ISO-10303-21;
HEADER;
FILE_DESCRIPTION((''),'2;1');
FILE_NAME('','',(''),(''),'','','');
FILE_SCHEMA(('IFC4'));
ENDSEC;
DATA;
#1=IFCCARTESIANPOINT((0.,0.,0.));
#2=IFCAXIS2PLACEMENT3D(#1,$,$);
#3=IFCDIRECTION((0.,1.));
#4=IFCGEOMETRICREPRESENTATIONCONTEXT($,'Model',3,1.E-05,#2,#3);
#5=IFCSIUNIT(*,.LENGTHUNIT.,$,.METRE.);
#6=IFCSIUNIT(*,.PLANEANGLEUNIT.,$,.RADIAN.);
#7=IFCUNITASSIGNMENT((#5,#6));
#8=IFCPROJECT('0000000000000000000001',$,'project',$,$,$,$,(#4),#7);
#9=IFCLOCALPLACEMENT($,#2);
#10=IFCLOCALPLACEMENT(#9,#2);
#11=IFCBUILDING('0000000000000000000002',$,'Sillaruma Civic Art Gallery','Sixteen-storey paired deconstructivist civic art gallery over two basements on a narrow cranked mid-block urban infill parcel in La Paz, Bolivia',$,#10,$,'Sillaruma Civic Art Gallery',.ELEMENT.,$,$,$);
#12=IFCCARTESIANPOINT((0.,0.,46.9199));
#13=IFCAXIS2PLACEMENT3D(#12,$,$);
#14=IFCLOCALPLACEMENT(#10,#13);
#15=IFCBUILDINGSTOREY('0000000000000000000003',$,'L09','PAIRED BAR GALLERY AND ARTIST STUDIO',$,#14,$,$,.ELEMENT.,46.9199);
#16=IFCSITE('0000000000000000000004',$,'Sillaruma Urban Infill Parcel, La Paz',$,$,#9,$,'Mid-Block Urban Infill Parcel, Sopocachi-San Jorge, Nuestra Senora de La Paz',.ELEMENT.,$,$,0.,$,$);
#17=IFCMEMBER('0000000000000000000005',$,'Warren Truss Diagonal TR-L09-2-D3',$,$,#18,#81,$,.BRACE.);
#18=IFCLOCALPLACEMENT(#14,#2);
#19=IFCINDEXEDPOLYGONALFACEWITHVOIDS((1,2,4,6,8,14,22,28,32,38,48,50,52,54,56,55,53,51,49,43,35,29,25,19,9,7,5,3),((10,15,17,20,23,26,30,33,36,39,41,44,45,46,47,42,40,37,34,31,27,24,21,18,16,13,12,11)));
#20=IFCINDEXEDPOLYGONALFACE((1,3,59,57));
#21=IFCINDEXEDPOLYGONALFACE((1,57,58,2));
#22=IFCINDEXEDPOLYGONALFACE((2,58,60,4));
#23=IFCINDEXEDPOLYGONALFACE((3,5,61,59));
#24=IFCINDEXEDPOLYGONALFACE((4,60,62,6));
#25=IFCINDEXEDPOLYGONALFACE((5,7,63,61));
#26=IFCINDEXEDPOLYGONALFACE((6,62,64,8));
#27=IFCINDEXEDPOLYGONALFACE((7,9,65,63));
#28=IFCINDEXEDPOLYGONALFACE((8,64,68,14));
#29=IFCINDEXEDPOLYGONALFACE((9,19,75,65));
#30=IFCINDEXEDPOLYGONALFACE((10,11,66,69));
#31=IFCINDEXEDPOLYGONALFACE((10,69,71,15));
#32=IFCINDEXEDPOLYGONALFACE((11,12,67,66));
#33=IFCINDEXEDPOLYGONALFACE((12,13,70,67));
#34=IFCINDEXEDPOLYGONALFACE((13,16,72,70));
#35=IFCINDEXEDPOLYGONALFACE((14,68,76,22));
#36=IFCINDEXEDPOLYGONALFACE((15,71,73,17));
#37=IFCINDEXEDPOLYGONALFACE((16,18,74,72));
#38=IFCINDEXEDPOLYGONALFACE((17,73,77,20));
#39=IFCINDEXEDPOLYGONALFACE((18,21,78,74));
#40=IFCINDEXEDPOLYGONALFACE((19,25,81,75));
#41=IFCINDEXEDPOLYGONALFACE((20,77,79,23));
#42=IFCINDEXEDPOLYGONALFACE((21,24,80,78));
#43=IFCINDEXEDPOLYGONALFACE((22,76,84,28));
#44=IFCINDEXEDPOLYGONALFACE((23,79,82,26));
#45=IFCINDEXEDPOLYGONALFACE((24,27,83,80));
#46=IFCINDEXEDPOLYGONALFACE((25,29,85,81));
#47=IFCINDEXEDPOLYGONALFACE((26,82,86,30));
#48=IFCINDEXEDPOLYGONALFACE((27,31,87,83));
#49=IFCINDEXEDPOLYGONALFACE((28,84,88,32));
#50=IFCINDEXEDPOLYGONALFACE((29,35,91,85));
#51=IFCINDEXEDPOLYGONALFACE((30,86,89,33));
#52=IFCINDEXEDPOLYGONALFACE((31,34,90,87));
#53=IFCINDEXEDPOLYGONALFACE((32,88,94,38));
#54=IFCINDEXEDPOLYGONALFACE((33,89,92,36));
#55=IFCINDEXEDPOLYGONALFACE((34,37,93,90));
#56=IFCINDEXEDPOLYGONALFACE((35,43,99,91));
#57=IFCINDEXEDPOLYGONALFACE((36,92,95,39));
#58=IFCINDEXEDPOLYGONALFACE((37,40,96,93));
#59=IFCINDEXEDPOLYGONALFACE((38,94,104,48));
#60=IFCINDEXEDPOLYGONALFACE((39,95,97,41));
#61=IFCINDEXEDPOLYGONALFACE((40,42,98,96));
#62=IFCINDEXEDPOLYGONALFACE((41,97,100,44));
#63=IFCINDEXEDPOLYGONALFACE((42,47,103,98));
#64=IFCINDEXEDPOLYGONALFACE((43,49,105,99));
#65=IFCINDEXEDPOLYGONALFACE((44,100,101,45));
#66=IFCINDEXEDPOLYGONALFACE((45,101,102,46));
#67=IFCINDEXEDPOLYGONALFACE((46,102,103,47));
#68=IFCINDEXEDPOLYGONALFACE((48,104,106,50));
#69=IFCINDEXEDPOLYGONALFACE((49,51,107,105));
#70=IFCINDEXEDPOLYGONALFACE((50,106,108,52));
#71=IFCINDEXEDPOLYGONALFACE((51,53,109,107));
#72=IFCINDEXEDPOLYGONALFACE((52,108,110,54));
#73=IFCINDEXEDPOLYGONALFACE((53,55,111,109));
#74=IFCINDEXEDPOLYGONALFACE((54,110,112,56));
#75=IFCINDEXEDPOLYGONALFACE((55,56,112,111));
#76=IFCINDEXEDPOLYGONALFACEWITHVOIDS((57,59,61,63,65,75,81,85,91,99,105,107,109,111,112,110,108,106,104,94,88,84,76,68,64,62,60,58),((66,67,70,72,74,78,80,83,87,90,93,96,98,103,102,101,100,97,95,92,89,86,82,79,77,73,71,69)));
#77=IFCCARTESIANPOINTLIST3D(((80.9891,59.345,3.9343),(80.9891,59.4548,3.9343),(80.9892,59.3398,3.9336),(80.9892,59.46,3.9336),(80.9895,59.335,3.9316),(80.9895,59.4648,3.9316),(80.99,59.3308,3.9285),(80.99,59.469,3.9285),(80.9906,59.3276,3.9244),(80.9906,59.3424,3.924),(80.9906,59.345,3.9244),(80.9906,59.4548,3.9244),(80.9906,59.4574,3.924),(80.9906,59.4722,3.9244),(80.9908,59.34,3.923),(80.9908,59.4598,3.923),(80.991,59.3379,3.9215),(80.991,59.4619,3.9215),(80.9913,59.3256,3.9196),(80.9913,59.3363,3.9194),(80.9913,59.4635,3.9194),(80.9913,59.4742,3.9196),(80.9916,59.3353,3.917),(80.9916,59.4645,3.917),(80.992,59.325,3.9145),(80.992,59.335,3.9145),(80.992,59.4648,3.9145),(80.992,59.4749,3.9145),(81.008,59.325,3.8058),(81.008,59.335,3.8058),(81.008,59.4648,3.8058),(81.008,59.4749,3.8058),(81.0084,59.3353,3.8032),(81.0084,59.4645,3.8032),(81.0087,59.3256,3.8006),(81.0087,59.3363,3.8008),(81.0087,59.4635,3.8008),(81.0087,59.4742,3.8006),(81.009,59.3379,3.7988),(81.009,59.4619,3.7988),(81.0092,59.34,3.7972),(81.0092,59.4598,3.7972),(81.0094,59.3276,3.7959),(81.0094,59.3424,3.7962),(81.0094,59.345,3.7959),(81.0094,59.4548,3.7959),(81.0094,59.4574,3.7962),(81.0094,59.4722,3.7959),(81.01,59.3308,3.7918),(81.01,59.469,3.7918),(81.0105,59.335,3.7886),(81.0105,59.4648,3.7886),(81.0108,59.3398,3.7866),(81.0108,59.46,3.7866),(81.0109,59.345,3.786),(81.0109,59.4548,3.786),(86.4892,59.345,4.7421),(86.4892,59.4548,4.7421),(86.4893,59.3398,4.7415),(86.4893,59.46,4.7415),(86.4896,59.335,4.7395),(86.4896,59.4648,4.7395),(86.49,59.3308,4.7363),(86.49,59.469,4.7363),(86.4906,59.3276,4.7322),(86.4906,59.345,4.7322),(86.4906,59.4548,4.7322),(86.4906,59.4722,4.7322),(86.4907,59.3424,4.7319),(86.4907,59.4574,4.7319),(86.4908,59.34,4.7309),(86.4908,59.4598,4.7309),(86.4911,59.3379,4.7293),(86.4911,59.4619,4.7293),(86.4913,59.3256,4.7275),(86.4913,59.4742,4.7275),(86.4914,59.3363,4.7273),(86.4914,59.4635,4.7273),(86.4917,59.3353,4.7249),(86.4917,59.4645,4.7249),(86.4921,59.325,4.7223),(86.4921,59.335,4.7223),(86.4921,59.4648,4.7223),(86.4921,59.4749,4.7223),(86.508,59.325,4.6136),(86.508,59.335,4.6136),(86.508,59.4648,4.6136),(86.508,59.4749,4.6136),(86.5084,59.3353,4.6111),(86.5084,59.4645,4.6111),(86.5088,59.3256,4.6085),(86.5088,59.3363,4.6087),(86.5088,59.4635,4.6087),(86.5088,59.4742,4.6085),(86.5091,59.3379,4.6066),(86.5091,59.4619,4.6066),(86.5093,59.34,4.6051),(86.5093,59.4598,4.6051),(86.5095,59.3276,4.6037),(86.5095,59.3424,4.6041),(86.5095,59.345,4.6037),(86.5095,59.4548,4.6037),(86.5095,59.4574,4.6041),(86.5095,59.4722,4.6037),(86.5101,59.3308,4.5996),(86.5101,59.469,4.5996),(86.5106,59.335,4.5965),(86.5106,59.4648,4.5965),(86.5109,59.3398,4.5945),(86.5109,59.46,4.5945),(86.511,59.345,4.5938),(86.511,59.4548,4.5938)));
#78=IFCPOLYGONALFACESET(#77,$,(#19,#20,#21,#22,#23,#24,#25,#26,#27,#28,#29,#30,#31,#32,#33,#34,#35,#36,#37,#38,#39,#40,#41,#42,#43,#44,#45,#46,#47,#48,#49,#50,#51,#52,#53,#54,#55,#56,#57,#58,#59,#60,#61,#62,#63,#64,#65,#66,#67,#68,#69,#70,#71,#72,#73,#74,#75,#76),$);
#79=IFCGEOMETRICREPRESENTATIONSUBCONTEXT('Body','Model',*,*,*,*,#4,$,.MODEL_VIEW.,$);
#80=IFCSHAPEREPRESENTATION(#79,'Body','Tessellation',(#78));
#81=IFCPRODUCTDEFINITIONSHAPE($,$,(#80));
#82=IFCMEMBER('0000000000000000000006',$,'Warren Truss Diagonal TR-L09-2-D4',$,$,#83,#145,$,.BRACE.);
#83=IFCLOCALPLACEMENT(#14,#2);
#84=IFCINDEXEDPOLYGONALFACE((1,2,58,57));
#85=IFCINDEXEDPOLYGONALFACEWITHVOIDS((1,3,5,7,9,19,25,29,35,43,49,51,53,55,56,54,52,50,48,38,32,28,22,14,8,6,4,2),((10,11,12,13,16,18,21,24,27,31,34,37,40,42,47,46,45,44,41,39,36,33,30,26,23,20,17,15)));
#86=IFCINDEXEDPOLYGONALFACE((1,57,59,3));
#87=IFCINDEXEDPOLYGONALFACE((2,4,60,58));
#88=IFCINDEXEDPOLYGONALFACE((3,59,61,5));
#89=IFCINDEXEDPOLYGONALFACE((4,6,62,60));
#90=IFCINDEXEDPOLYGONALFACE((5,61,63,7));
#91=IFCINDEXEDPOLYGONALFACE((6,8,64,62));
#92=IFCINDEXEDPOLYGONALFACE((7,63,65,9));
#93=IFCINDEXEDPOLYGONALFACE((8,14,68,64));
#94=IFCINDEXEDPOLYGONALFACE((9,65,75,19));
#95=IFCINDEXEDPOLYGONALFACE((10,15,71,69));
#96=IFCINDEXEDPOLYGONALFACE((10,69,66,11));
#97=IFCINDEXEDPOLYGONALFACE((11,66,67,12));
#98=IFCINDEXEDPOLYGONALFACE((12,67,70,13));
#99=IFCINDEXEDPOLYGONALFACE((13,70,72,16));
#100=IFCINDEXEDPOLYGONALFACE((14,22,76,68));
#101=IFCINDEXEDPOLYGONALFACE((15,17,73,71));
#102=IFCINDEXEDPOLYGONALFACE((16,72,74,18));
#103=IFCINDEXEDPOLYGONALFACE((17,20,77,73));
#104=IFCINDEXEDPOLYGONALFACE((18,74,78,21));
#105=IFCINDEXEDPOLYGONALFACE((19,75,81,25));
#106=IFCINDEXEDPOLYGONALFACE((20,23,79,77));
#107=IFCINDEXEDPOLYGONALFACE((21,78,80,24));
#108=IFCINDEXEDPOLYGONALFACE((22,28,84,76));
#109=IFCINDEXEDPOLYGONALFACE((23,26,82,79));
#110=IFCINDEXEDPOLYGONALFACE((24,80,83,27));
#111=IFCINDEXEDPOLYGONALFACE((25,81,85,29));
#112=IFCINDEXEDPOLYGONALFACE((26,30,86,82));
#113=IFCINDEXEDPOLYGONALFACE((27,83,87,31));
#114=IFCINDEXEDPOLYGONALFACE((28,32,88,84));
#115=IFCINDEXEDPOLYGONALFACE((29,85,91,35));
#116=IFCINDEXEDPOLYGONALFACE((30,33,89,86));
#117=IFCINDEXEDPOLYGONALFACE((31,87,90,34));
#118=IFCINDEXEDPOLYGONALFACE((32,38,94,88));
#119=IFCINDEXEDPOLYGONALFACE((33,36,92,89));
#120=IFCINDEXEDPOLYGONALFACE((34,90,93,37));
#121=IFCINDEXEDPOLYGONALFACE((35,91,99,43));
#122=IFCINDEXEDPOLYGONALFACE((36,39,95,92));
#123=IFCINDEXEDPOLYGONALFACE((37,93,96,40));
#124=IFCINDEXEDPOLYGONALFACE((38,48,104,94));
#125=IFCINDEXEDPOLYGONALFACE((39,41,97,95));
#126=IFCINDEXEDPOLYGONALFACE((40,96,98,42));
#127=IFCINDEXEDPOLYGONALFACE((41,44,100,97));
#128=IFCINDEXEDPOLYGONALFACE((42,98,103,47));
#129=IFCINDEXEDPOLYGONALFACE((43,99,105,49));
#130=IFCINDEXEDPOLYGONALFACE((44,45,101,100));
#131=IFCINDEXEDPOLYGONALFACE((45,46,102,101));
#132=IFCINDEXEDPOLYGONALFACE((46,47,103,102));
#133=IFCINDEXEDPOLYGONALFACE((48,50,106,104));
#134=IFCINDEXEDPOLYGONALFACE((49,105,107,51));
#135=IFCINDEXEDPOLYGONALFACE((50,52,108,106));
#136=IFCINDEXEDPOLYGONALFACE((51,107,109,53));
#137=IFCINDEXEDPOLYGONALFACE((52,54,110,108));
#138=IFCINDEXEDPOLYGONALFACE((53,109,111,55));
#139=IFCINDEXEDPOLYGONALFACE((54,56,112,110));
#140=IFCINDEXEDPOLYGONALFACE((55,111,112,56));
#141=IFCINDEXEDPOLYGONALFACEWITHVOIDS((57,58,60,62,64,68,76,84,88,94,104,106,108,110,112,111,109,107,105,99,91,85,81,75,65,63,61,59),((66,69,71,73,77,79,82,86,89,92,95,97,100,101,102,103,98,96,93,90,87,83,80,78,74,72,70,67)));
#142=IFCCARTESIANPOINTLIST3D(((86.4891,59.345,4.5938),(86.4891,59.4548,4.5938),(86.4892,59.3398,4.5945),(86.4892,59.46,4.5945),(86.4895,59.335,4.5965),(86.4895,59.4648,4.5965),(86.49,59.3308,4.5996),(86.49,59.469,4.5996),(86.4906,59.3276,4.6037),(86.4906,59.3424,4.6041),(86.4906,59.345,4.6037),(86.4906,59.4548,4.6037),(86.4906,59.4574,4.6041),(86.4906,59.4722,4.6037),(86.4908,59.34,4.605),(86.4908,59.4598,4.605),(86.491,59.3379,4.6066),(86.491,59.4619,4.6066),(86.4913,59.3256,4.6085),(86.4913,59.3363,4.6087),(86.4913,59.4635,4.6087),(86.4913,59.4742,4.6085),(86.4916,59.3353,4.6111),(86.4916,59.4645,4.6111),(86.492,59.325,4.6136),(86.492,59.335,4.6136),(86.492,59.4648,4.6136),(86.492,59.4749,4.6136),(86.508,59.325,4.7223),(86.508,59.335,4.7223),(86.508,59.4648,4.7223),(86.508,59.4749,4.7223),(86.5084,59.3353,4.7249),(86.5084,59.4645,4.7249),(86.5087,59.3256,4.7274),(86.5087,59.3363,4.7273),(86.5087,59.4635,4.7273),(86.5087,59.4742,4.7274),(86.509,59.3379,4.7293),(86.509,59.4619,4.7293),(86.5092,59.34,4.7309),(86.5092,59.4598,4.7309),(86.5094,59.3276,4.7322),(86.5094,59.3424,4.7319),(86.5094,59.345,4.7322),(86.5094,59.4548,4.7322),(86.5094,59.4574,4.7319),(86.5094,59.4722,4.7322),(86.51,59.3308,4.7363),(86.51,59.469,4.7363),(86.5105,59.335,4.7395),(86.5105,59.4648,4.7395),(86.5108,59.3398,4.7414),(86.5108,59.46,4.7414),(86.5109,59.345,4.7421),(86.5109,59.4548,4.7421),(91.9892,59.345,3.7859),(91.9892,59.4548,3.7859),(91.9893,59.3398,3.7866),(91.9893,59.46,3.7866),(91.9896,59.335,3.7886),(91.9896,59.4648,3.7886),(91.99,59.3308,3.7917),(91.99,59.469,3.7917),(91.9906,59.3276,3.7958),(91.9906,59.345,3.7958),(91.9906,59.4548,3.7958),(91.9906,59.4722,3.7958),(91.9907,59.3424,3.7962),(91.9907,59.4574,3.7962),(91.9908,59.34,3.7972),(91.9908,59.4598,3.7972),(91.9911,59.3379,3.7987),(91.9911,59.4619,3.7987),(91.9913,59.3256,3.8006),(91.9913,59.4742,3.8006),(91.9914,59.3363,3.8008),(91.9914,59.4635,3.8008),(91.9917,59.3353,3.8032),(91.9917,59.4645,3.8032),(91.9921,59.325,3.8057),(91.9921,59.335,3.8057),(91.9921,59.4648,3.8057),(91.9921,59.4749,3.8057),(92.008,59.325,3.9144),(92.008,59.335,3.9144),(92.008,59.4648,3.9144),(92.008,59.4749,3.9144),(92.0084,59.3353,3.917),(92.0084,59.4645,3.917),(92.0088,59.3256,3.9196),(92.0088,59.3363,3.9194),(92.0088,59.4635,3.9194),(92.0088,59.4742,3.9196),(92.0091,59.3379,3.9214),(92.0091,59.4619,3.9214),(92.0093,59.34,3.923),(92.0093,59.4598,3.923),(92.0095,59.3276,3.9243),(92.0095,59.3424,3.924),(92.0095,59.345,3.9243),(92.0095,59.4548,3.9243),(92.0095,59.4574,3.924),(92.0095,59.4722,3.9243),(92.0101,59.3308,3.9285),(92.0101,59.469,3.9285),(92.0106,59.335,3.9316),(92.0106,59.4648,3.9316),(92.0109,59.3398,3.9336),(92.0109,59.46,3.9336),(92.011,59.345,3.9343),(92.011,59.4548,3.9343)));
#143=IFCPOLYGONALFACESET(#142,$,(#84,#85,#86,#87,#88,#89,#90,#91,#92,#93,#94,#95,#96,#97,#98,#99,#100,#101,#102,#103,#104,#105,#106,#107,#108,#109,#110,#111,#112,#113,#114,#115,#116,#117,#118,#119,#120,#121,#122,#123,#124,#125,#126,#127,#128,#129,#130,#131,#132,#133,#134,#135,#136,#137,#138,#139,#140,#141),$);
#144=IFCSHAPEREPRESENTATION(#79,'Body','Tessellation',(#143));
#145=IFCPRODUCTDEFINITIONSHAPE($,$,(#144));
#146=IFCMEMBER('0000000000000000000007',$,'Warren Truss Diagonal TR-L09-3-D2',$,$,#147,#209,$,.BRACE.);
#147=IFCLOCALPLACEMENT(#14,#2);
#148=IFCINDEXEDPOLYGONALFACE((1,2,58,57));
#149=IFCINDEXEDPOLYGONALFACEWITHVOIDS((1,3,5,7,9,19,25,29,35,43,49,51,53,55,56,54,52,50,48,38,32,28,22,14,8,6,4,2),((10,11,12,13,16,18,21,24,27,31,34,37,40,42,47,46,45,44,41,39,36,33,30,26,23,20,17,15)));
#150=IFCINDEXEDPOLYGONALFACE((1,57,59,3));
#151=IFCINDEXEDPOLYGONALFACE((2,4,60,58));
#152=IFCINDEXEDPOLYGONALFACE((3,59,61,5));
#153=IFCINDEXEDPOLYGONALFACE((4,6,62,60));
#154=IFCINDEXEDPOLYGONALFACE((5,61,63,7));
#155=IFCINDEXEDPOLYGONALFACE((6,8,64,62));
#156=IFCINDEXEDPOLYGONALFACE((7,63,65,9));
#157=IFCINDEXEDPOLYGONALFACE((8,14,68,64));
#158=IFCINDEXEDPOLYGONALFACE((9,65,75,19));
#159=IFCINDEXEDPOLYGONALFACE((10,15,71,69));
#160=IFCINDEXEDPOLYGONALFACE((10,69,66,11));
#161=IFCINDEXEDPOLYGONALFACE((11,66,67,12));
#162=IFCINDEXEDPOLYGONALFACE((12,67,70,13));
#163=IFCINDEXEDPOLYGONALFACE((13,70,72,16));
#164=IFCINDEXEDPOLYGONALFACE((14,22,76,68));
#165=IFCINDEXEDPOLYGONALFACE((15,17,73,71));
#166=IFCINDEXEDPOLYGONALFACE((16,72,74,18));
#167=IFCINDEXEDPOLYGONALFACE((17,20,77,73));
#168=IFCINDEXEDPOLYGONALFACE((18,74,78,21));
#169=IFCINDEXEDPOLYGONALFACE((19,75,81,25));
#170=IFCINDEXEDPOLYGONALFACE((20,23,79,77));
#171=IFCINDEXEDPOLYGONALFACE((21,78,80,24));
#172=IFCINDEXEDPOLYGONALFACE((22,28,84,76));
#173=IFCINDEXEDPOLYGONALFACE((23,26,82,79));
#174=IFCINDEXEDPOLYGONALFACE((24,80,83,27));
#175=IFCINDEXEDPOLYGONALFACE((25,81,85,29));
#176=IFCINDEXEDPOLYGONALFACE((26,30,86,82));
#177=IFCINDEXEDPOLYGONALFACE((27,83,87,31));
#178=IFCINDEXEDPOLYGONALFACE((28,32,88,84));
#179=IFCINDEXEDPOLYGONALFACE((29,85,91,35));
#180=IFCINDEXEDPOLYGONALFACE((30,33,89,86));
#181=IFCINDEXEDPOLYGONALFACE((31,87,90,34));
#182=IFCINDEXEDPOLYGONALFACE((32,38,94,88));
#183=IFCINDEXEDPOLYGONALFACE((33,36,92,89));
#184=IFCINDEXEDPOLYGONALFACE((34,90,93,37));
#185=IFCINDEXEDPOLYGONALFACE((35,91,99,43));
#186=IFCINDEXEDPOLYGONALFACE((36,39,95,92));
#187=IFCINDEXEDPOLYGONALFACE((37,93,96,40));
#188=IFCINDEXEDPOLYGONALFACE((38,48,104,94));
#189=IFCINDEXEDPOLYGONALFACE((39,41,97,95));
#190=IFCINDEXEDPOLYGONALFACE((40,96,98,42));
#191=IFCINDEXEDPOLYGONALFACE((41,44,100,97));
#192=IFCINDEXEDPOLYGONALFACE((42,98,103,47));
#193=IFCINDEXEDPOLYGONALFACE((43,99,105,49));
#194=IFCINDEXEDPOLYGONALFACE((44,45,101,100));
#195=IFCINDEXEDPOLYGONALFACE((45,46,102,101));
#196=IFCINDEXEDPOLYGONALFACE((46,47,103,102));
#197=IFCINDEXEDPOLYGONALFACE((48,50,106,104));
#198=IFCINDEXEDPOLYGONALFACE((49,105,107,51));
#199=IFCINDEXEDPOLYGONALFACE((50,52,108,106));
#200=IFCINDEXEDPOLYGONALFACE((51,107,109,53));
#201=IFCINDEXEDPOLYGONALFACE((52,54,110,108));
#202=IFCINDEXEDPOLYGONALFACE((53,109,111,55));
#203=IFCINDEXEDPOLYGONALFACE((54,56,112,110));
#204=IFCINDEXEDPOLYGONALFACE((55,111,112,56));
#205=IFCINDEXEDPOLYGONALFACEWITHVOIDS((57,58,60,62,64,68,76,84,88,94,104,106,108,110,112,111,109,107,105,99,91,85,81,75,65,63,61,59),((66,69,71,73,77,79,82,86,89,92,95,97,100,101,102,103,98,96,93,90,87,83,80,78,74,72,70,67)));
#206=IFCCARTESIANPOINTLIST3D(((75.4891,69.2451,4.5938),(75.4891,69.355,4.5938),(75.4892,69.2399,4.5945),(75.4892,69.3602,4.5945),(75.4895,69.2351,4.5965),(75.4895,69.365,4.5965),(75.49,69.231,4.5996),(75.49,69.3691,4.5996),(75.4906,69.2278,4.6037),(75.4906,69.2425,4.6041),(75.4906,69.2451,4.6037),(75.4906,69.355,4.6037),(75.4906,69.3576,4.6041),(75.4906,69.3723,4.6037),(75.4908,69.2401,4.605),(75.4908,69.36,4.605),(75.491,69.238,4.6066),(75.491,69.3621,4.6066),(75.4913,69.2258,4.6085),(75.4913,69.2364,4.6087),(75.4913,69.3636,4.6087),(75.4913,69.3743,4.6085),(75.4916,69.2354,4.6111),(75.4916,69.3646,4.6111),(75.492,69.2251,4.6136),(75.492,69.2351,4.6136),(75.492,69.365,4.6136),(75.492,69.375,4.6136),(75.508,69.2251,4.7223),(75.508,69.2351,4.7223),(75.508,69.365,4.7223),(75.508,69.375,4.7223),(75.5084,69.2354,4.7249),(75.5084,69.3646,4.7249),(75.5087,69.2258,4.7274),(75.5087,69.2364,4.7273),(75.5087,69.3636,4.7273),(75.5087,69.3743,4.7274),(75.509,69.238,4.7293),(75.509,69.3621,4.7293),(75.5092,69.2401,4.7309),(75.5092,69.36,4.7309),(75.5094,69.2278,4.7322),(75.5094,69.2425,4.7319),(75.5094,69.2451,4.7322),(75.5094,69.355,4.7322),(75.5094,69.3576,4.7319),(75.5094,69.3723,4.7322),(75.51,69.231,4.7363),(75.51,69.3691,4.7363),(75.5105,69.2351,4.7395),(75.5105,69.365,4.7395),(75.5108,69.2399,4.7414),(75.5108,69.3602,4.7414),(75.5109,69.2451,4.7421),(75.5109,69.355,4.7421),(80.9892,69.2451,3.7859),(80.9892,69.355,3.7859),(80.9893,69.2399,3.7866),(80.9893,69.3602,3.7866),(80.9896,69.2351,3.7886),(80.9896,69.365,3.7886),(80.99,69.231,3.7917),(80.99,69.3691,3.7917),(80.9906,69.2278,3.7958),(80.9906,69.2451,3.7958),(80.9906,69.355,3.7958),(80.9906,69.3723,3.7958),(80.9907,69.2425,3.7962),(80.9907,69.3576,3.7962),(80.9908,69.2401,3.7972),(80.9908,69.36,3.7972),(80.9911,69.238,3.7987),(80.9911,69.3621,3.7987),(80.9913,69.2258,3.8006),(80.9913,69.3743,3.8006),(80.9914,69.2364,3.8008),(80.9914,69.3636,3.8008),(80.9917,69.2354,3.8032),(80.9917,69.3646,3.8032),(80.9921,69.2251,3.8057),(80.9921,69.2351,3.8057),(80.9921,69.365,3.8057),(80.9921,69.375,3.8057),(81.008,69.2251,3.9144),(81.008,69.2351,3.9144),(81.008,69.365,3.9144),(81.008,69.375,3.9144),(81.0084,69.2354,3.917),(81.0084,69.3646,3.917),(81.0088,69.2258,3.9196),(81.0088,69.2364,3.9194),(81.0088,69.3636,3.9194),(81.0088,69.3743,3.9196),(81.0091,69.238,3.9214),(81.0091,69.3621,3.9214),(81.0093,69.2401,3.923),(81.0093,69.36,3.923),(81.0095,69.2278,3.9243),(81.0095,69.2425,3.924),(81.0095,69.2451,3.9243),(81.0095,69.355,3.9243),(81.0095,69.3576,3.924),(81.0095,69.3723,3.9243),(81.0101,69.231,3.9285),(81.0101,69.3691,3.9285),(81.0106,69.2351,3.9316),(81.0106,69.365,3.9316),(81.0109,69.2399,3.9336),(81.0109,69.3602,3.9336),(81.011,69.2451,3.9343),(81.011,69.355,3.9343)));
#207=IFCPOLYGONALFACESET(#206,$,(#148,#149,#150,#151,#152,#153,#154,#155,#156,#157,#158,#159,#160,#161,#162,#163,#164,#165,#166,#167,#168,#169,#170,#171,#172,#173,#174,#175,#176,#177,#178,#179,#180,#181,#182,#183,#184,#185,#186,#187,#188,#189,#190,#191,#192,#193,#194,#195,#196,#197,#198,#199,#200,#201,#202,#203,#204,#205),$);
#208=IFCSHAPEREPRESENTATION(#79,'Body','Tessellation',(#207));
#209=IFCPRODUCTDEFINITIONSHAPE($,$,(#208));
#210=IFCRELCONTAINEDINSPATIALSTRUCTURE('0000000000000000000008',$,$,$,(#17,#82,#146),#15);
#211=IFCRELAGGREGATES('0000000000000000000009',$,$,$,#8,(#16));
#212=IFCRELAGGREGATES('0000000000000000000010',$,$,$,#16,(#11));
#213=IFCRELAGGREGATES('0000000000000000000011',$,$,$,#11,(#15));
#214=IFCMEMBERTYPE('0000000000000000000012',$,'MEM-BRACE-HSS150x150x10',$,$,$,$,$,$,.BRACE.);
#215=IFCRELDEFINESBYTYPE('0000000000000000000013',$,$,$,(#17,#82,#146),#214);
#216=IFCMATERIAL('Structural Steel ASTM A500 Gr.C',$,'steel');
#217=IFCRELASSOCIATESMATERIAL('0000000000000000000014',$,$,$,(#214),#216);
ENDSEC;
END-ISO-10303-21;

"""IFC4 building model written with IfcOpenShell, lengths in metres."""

from ifc_helpers import new_model, si_unit, direction, frame, origin, origin_2d, place, context, subcontext, project, spatial, hollow_rectangle, extrude, material, material_profile, profile_set, type_object, element, save


model = new_model("IFC4")

# Units and contexts
model_context = context("Model", 3, precision=1e-05, world=origin(), true_north=direction((0.0, 1.0)))
body_context = subcontext(model_context, "Body", "Model", "MODEL_VIEW")
ifc_project = project(units=[si_unit("LENGTHUNIT", "METRE"), si_unit("PLANEANGLEUNIT", "RADIAN")], contexts=[model_context])

# Site, building, storey
site_placement = place(None, origin())
site = spatial("IfcSite", under=ifc_project, at=site_placement, Name="Sillaruma Urban Infill Parcel, La Paz", LongName="Mid-Block Urban Infill Parcel, Sopocachi-San Jorge, Nuestra Senora de La Paz", CompositionType="ELEMENT", RefElevation=0.0)
building_placement = place(site_placement, origin())
building = spatial("IfcBuilding", under=site, at=building_placement, Name="Sillaruma Civic Art Gallery", Description="Sixteen-storey paired deconstructivist civic art gallery over two basements on a narrow cranked mid-block urban infill parcel in La Paz, Bolivia", LongName="Sillaruma Civic Art Gallery", CompositionType="ELEMENT")
storey_placement = place(building_placement, frame((0.0, 0.0, 46.9199)))
storey = spatial("IfcBuildingStorey", under=building, at=storey_placement, Name="L09", Description="PAIRED BAR GALLERY AND ARTIST STUDIO", CompositionType="ELEMENT", Elevation=46.9199)

# Members
ifc_material_1 = material(Name="Structural Steel ASTM A500 Gr.C", Category="steel")
ifc_material_profile_1 = material_profile(ifc_material_1, hollow_rectangle(XDim=0.1499, YDim=0.1499, WallThickness=0.01, InnerFilletRadius=0.01, OuterFilletRadius=0.02, at=origin_2d()), Name="HSS150x150x10")
ifc_profile_set_1 = profile_set([ifc_material_profile_1], Name="Structural Steel ASTM A500 Gr.C")
member_type_1 = type_object("IfcMemberType", Name="MEM-BRACE-HSS150x150x10", PredefinedType="BRACE", material=ifc_profile_set_1)
for number, where, z_axis, x_axis, name in (
    (1, (81.0, 59.3999, 3.8601), (0.989384, 0.0, 0.145325), (0.0, 1.0, 0.0), "Warren Truss Diagonal TR-L09-2-D3"),
    (2, (86.5, 59.3999, 4.668), (0.989384, 0.0, -0.145325), (0.0, 1.0, 0.0), "Warren Truss Diagonal TR-L09-2-D4"),
    (3, (75.5, 69.3, 4.668), (0.989384, 0.0, -0.145325), (0.0, 1.0, 0.0), "Warren Truss Diagonal TR-L09-3-D2"),
):
    element("IfcMember", number, at=place(storey_placement, frame(where, z_axis=z_axis, x_axis=x_axis)), inside=storey, type_object=member_type_1, Name=name, PredefinedType="BRACE", context=body_context, shape_type="SweptSolid", body=[
        extrude(hollow_rectangle(XDim=0.1499, YDim=0.1499, WallThickness=0.01, InnerFilletRadius=0.01, OuterFilletRadius=0.02, at=origin_2d()), origin(), (0.0, 0.0, 1.0), 5.5591),
    ])

save(model, "model.ifc")
